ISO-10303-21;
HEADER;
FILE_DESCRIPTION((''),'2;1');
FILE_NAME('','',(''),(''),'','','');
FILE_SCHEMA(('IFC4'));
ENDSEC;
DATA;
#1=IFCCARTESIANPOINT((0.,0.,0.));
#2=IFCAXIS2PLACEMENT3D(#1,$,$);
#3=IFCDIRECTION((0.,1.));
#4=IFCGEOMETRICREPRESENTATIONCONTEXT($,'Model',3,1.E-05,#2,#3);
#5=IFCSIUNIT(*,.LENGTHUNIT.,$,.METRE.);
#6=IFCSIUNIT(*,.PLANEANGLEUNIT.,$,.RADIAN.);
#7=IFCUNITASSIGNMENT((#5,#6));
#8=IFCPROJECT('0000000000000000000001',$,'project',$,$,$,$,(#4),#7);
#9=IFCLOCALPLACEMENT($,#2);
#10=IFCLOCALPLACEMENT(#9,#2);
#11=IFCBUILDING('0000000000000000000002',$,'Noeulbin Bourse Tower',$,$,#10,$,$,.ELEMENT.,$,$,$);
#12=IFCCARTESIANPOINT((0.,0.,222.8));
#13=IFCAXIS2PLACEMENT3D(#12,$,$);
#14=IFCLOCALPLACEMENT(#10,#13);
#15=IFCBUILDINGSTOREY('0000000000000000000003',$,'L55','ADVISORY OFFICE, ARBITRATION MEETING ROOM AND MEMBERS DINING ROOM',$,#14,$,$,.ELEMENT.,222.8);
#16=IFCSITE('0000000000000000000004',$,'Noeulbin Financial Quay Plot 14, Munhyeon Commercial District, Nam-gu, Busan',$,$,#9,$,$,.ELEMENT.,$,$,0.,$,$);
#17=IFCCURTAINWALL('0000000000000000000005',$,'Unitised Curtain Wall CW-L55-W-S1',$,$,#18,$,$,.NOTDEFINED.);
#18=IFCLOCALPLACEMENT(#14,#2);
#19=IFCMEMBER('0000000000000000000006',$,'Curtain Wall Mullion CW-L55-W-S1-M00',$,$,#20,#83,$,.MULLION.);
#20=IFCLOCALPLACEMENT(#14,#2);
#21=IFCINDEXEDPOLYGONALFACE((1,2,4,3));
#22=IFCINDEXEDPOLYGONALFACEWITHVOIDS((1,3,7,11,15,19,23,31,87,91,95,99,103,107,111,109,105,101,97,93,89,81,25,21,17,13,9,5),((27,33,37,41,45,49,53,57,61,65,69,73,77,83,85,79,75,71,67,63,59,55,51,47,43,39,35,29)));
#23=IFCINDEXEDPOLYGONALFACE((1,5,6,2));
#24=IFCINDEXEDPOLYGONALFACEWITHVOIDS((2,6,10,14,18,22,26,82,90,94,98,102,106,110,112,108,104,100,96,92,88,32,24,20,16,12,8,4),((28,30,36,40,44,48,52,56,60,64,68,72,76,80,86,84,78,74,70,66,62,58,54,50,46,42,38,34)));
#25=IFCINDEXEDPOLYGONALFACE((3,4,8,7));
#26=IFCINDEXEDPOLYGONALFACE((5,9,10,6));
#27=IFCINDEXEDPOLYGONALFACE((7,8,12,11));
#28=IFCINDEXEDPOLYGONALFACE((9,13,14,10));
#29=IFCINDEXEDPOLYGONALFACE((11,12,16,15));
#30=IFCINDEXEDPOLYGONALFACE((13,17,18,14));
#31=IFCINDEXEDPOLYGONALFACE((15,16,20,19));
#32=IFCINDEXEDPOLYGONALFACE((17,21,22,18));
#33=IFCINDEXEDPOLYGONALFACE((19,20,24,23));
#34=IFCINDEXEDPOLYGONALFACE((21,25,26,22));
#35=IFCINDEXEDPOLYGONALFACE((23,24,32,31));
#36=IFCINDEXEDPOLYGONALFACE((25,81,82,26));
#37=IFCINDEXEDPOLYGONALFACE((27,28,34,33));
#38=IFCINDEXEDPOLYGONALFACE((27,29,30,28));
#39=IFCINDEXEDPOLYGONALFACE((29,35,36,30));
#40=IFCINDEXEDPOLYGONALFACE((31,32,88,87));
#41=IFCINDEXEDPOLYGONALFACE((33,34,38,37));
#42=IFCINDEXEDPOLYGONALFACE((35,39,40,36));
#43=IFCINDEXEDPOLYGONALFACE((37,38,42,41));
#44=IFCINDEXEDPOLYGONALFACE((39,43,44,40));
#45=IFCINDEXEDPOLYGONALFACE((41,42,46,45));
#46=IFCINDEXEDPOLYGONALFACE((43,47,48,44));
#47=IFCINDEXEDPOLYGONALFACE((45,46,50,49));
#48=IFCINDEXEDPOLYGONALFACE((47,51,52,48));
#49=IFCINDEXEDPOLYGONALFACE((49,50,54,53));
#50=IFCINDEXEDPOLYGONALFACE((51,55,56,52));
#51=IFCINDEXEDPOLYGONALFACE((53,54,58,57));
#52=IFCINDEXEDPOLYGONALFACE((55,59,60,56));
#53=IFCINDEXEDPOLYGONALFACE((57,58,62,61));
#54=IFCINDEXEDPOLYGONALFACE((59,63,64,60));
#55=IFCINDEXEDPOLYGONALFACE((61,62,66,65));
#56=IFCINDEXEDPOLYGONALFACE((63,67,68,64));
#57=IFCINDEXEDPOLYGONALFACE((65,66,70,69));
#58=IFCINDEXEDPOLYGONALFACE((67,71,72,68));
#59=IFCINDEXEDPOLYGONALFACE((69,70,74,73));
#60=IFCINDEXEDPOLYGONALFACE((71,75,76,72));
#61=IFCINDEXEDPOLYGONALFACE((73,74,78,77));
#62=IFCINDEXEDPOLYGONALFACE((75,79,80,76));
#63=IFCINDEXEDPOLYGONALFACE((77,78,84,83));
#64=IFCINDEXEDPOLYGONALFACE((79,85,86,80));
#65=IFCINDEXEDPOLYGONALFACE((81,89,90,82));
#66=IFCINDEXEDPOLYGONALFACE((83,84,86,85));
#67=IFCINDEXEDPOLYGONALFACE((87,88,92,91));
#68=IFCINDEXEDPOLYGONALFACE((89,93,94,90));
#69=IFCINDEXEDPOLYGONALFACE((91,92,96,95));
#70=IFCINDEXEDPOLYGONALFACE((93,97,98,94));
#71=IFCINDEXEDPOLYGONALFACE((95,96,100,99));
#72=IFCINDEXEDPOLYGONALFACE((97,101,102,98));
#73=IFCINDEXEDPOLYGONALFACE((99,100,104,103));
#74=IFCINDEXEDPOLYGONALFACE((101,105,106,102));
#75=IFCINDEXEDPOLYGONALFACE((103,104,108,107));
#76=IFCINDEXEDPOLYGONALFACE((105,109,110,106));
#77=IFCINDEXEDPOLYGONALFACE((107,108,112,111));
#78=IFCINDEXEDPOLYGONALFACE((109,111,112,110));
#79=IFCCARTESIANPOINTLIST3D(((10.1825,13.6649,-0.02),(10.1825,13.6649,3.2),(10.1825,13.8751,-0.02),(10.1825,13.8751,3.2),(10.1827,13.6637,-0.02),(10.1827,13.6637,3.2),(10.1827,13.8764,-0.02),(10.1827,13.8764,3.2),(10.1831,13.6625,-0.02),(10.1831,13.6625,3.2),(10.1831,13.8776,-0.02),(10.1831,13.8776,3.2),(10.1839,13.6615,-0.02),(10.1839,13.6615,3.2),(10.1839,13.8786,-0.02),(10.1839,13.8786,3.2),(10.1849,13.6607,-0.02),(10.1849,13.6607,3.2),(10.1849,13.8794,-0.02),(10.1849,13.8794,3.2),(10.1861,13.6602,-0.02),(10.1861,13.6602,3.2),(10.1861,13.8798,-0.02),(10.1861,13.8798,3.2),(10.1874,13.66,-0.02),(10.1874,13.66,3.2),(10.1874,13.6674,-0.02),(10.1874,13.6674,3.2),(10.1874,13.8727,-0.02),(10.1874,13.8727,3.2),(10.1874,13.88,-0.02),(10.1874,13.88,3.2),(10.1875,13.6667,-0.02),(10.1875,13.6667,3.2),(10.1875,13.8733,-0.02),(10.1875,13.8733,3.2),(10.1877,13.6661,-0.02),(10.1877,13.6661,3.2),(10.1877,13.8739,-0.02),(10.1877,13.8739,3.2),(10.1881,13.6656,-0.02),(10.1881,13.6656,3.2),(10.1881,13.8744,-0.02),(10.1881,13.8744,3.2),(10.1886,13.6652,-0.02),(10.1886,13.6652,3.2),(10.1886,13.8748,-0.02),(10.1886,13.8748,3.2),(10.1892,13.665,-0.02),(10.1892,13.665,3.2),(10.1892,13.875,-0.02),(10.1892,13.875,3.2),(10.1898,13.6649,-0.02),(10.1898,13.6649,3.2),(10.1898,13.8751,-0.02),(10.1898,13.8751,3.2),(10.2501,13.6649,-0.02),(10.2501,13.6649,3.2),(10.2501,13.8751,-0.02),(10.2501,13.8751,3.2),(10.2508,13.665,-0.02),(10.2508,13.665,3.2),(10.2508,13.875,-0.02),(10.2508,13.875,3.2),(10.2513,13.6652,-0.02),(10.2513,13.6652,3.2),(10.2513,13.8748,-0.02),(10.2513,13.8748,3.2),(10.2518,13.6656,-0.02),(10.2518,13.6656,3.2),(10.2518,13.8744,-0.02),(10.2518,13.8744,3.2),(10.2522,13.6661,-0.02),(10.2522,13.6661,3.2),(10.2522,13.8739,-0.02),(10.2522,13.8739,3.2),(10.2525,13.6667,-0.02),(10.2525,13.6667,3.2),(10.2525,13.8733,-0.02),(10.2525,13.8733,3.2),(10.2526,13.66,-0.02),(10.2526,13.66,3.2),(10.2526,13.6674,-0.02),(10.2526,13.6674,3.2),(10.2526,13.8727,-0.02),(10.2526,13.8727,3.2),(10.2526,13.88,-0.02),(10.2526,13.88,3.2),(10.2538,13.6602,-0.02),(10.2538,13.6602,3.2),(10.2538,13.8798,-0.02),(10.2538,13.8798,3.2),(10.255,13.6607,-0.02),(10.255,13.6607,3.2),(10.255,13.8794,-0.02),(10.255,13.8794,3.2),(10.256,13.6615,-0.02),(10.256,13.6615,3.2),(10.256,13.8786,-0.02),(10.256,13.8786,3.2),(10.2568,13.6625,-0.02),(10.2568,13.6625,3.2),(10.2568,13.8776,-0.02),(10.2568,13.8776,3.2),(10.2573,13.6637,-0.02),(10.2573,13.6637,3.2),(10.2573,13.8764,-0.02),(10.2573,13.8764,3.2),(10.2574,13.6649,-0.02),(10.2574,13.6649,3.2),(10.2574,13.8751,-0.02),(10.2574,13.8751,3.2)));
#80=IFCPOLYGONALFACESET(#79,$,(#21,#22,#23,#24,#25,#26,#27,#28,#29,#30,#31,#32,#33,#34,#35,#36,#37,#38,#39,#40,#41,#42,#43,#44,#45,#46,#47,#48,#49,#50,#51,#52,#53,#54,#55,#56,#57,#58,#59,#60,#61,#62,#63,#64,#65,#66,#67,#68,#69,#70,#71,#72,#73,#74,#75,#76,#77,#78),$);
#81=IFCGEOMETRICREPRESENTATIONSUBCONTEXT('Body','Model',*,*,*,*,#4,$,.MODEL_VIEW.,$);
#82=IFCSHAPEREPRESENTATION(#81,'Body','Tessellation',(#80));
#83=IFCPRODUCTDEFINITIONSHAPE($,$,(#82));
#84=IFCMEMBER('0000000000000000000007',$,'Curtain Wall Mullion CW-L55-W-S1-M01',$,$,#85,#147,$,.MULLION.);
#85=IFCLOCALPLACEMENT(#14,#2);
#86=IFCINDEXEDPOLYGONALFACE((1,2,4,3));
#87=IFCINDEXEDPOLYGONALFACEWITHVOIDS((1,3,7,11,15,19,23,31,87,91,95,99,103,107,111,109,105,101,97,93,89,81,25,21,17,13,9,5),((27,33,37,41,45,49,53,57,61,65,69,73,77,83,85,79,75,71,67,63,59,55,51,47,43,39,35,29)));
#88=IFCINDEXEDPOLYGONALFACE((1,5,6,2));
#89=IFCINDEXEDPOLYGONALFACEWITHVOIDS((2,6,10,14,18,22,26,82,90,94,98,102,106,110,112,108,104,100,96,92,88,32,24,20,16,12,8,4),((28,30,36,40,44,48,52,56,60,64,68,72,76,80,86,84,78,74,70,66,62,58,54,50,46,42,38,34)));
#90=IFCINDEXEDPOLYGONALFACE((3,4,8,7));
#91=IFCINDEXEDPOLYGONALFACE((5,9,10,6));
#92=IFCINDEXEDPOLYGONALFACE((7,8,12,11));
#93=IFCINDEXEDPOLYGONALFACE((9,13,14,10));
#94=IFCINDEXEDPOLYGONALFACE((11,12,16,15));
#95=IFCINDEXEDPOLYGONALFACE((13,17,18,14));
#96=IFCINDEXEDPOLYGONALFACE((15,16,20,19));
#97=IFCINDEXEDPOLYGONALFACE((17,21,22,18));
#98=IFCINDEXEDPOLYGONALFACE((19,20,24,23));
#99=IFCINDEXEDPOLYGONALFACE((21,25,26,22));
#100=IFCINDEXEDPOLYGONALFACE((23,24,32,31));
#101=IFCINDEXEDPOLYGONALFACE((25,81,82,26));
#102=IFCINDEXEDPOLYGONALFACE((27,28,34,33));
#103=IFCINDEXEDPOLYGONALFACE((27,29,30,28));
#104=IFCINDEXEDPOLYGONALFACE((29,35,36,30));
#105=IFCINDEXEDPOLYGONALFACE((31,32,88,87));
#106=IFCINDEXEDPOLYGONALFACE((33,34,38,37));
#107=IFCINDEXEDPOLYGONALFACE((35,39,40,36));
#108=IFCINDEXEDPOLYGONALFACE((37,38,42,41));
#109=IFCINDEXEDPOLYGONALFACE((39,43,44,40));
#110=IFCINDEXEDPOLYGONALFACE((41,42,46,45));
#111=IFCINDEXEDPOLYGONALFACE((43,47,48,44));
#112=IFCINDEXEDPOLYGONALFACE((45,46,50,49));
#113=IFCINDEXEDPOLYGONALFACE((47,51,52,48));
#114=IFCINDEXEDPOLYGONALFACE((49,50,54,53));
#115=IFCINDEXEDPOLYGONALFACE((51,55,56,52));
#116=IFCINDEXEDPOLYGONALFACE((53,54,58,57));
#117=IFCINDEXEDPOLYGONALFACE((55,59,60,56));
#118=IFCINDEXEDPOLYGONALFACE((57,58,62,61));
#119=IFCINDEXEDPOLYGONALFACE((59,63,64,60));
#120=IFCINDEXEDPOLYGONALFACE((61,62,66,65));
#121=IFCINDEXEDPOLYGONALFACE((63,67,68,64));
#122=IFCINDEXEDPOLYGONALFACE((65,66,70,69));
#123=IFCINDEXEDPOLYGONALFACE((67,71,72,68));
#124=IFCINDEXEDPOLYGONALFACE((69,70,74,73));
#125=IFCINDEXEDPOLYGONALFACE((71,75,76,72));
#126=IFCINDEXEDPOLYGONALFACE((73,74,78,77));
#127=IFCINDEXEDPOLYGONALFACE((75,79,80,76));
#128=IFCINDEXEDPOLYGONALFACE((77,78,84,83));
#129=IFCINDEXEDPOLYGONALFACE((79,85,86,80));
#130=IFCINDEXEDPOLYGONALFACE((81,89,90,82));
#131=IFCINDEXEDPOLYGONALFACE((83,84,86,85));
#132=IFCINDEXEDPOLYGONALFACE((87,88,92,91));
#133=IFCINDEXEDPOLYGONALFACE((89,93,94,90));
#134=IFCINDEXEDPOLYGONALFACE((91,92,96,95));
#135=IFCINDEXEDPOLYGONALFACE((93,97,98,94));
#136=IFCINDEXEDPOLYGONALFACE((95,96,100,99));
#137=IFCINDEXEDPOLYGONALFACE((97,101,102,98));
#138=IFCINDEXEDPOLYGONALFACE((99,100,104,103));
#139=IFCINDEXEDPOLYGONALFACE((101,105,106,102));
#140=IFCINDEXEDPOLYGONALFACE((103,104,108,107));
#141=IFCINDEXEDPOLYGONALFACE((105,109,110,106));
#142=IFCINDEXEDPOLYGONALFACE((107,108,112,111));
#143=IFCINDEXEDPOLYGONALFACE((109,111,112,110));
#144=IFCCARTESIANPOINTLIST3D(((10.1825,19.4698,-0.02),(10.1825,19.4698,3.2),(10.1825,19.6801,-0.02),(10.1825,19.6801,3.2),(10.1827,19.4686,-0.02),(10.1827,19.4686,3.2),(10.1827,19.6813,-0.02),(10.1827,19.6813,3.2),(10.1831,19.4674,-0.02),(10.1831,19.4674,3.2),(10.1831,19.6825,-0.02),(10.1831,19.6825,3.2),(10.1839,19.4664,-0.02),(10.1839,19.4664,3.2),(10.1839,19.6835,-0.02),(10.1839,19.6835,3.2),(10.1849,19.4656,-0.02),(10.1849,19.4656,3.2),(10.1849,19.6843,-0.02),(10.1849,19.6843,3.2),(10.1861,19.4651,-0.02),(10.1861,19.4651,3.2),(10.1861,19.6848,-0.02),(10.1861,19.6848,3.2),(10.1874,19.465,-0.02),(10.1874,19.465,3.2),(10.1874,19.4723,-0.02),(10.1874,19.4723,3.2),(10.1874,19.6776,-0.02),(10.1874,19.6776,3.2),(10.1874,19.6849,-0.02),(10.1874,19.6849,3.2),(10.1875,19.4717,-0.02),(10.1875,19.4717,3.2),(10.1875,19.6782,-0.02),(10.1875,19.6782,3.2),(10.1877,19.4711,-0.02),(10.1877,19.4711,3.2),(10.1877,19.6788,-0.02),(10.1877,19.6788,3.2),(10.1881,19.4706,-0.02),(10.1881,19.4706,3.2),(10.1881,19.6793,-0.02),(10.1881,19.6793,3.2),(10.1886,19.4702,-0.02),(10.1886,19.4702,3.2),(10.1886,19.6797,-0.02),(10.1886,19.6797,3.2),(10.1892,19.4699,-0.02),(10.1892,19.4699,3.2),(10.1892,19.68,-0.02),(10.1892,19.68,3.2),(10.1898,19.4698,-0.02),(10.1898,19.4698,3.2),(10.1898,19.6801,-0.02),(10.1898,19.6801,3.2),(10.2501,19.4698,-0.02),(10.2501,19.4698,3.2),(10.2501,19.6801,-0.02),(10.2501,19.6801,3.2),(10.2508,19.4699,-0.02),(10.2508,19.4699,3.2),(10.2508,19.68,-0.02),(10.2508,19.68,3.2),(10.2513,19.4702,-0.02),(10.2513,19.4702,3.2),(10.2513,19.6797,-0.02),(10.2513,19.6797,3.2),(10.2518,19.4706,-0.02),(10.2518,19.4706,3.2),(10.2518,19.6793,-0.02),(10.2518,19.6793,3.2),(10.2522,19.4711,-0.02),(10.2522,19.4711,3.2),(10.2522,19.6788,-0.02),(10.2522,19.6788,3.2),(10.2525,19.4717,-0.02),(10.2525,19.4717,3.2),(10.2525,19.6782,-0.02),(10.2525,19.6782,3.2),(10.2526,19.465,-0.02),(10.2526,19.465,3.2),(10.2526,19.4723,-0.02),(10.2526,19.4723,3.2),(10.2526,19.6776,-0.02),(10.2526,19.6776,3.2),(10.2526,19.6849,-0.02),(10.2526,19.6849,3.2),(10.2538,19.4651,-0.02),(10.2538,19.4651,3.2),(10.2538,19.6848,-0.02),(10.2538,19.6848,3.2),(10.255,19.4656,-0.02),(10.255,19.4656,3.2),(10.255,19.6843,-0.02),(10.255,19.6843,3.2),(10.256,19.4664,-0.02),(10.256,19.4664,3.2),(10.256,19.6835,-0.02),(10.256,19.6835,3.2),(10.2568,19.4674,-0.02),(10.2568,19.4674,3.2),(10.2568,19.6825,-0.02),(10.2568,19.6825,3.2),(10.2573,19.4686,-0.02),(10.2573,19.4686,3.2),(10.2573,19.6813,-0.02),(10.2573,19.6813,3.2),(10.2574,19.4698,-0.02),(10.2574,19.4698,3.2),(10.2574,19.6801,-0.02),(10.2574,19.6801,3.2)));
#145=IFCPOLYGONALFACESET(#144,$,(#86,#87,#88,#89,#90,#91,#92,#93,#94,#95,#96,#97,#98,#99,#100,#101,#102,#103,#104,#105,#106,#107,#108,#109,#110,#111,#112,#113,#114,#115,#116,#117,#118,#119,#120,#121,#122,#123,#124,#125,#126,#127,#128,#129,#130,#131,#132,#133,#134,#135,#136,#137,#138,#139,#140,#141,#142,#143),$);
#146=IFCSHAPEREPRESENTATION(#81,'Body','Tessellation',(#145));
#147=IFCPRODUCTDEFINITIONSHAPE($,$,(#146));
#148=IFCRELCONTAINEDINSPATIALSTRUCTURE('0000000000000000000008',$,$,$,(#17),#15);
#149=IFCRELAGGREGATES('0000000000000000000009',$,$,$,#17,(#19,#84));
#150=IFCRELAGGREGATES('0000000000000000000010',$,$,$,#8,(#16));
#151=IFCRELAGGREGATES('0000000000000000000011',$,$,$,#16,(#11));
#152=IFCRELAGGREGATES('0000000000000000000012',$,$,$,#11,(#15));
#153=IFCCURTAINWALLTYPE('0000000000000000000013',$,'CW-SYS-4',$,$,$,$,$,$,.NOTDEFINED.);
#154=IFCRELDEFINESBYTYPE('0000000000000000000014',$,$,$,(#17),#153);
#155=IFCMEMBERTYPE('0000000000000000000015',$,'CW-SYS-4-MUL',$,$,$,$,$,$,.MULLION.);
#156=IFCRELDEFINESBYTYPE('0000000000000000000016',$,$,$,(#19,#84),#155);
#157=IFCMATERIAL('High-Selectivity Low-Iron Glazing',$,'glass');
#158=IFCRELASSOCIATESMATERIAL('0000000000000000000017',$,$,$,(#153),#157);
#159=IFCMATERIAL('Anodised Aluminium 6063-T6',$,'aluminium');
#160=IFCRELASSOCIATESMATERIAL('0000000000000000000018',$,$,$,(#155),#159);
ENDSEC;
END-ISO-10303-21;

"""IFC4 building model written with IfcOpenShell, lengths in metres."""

from ifc_helpers import new_model, si_unit, direction, frame, origin, origin_2d, place, context, subcontext, project, spatial, hollow_rectangle, extrude, material, material_profile, profile_set, type_object, element, aggregate, save


model = new_model("IFC4")

# Units and contexts
model_context = context("Model", 3, precision=1e-05, world=origin(), true_north=direction((0.0, 1.0)))
body_context = subcontext(model_context, "Body", "Model", "MODEL_VIEW")
ifc_project = project(units=[si_unit("LENGTHUNIT", "METRE"), si_unit("PLANEANGLEUNIT", "RADIAN")], contexts=[model_context])

# Site, building, storey
site_placement = place(None, origin())
site = spatial("IfcSite", under=ifc_project, at=site_placement, Name="Noeulbin Financial Quay Plot 14, Munhyeon Commercial District, Nam-gu, Busan", CompositionType="ELEMENT", RefElevation=0.0)
building_placement = place(site_placement, origin())
building = spatial("IfcBuilding", under=site, at=building_placement, Name="Noeulbin Bourse Tower", CompositionType="ELEMENT")
storey_placement = place(building_placement, frame((0.0, 0.0, 222.8)))
storey = spatial("IfcBuildingStorey", under=building, at=storey_placement, Name="L55", Description="ADVISORY OFFICE, ARBITRATION MEETING ROOM AND MEMBERS DINING ROOM", CompositionType="ELEMENT", Elevation=222.8)

# Curtain wall, members
ifc_material_1 = material(Name="High-Selectivity Low-Iron Glazing", Category="glass")
curtain_wall_type = type_object("IfcCurtainWallType", Name="CW-SYS-4", PredefinedType="NOTDEFINED", material=ifc_material_1)
curtain_wall_placement = place(storey_placement, origin())
curtain_wall = element("IfcCurtainWall", 1, at=curtain_wall_placement, inside=storey, type_object=curtain_wall_type, Name="Unitised Curtain Wall CW-L55-W-S1", PredefinedType="NOTDEFINED")
ifc_material_2 = material(Name="Anodised Aluminium 6063-T6", Category="aluminium")
ifc_material_profile_1 = material_profile(ifc_material_2, hollow_rectangle(XDim=0.075, YDim=0.22, WallThickness=0.0049, InnerFilletRadius=0.0024, OuterFilletRadius=0.0049, at=origin_2d()), Name="ALU-MULL-75x220x5", Category="LoadBearing")
ifc_profile_set_1 = profile_set([ifc_material_profile_1], Name="Anodised Aluminium 6063-T6")
member_type_1 = type_object("IfcMemberType", Name="CW-SYS-4-MUL", PredefinedType="MULLION", material=ifc_profile_set_1)
member_1_placement = place(storey_placement, frame((10.22, 13.77, -0.02), z_axis=(0.0, 0.0, 1.0), x_axis=(1.0, 0.0, 0.0)))
member_1 = element("IfcMember", 2, at=member_1_placement, type_object=member_type_1, Name="Curtain Wall Mullion CW-L55-W-S1-M00", PredefinedType="MULLION", context=body_context, shape_type="SweptSolid", body=[
    extrude(hollow_rectangle(XDim=0.075, YDim=0.22, WallThickness=0.0049, InnerFilletRadius=0.0024, OuterFilletRadius=0.0049, at=origin_2d()), origin(), (0.0, 0.0, 1.0), 3.22),
])
member_2_placement = place(storey_placement, frame((10.22, 19.575, -0.02), z_axis=(0.0, 0.0, 1.0), x_axis=(1.0, 0.0, 0.0)))
member_2 = element("IfcMember", 3, at=member_2_placement, type_object=member_type_1, Name="Curtain Wall Mullion CW-L55-W-S1-M01", PredefinedType="MULLION", context=body_context, shape_type="SweptSolid", body=[
    extrude(hollow_rectangle(XDim=0.075, YDim=0.22, WallThickness=0.0049, InnerFilletRadius=0.0024, OuterFilletRadius=0.0049, at=origin_2d()), origin(), (0.0, 0.0, 1.0), 3.22),
])
aggregate(curtain_wall, [member_1, member_2])

save(model, "model.ifc")
